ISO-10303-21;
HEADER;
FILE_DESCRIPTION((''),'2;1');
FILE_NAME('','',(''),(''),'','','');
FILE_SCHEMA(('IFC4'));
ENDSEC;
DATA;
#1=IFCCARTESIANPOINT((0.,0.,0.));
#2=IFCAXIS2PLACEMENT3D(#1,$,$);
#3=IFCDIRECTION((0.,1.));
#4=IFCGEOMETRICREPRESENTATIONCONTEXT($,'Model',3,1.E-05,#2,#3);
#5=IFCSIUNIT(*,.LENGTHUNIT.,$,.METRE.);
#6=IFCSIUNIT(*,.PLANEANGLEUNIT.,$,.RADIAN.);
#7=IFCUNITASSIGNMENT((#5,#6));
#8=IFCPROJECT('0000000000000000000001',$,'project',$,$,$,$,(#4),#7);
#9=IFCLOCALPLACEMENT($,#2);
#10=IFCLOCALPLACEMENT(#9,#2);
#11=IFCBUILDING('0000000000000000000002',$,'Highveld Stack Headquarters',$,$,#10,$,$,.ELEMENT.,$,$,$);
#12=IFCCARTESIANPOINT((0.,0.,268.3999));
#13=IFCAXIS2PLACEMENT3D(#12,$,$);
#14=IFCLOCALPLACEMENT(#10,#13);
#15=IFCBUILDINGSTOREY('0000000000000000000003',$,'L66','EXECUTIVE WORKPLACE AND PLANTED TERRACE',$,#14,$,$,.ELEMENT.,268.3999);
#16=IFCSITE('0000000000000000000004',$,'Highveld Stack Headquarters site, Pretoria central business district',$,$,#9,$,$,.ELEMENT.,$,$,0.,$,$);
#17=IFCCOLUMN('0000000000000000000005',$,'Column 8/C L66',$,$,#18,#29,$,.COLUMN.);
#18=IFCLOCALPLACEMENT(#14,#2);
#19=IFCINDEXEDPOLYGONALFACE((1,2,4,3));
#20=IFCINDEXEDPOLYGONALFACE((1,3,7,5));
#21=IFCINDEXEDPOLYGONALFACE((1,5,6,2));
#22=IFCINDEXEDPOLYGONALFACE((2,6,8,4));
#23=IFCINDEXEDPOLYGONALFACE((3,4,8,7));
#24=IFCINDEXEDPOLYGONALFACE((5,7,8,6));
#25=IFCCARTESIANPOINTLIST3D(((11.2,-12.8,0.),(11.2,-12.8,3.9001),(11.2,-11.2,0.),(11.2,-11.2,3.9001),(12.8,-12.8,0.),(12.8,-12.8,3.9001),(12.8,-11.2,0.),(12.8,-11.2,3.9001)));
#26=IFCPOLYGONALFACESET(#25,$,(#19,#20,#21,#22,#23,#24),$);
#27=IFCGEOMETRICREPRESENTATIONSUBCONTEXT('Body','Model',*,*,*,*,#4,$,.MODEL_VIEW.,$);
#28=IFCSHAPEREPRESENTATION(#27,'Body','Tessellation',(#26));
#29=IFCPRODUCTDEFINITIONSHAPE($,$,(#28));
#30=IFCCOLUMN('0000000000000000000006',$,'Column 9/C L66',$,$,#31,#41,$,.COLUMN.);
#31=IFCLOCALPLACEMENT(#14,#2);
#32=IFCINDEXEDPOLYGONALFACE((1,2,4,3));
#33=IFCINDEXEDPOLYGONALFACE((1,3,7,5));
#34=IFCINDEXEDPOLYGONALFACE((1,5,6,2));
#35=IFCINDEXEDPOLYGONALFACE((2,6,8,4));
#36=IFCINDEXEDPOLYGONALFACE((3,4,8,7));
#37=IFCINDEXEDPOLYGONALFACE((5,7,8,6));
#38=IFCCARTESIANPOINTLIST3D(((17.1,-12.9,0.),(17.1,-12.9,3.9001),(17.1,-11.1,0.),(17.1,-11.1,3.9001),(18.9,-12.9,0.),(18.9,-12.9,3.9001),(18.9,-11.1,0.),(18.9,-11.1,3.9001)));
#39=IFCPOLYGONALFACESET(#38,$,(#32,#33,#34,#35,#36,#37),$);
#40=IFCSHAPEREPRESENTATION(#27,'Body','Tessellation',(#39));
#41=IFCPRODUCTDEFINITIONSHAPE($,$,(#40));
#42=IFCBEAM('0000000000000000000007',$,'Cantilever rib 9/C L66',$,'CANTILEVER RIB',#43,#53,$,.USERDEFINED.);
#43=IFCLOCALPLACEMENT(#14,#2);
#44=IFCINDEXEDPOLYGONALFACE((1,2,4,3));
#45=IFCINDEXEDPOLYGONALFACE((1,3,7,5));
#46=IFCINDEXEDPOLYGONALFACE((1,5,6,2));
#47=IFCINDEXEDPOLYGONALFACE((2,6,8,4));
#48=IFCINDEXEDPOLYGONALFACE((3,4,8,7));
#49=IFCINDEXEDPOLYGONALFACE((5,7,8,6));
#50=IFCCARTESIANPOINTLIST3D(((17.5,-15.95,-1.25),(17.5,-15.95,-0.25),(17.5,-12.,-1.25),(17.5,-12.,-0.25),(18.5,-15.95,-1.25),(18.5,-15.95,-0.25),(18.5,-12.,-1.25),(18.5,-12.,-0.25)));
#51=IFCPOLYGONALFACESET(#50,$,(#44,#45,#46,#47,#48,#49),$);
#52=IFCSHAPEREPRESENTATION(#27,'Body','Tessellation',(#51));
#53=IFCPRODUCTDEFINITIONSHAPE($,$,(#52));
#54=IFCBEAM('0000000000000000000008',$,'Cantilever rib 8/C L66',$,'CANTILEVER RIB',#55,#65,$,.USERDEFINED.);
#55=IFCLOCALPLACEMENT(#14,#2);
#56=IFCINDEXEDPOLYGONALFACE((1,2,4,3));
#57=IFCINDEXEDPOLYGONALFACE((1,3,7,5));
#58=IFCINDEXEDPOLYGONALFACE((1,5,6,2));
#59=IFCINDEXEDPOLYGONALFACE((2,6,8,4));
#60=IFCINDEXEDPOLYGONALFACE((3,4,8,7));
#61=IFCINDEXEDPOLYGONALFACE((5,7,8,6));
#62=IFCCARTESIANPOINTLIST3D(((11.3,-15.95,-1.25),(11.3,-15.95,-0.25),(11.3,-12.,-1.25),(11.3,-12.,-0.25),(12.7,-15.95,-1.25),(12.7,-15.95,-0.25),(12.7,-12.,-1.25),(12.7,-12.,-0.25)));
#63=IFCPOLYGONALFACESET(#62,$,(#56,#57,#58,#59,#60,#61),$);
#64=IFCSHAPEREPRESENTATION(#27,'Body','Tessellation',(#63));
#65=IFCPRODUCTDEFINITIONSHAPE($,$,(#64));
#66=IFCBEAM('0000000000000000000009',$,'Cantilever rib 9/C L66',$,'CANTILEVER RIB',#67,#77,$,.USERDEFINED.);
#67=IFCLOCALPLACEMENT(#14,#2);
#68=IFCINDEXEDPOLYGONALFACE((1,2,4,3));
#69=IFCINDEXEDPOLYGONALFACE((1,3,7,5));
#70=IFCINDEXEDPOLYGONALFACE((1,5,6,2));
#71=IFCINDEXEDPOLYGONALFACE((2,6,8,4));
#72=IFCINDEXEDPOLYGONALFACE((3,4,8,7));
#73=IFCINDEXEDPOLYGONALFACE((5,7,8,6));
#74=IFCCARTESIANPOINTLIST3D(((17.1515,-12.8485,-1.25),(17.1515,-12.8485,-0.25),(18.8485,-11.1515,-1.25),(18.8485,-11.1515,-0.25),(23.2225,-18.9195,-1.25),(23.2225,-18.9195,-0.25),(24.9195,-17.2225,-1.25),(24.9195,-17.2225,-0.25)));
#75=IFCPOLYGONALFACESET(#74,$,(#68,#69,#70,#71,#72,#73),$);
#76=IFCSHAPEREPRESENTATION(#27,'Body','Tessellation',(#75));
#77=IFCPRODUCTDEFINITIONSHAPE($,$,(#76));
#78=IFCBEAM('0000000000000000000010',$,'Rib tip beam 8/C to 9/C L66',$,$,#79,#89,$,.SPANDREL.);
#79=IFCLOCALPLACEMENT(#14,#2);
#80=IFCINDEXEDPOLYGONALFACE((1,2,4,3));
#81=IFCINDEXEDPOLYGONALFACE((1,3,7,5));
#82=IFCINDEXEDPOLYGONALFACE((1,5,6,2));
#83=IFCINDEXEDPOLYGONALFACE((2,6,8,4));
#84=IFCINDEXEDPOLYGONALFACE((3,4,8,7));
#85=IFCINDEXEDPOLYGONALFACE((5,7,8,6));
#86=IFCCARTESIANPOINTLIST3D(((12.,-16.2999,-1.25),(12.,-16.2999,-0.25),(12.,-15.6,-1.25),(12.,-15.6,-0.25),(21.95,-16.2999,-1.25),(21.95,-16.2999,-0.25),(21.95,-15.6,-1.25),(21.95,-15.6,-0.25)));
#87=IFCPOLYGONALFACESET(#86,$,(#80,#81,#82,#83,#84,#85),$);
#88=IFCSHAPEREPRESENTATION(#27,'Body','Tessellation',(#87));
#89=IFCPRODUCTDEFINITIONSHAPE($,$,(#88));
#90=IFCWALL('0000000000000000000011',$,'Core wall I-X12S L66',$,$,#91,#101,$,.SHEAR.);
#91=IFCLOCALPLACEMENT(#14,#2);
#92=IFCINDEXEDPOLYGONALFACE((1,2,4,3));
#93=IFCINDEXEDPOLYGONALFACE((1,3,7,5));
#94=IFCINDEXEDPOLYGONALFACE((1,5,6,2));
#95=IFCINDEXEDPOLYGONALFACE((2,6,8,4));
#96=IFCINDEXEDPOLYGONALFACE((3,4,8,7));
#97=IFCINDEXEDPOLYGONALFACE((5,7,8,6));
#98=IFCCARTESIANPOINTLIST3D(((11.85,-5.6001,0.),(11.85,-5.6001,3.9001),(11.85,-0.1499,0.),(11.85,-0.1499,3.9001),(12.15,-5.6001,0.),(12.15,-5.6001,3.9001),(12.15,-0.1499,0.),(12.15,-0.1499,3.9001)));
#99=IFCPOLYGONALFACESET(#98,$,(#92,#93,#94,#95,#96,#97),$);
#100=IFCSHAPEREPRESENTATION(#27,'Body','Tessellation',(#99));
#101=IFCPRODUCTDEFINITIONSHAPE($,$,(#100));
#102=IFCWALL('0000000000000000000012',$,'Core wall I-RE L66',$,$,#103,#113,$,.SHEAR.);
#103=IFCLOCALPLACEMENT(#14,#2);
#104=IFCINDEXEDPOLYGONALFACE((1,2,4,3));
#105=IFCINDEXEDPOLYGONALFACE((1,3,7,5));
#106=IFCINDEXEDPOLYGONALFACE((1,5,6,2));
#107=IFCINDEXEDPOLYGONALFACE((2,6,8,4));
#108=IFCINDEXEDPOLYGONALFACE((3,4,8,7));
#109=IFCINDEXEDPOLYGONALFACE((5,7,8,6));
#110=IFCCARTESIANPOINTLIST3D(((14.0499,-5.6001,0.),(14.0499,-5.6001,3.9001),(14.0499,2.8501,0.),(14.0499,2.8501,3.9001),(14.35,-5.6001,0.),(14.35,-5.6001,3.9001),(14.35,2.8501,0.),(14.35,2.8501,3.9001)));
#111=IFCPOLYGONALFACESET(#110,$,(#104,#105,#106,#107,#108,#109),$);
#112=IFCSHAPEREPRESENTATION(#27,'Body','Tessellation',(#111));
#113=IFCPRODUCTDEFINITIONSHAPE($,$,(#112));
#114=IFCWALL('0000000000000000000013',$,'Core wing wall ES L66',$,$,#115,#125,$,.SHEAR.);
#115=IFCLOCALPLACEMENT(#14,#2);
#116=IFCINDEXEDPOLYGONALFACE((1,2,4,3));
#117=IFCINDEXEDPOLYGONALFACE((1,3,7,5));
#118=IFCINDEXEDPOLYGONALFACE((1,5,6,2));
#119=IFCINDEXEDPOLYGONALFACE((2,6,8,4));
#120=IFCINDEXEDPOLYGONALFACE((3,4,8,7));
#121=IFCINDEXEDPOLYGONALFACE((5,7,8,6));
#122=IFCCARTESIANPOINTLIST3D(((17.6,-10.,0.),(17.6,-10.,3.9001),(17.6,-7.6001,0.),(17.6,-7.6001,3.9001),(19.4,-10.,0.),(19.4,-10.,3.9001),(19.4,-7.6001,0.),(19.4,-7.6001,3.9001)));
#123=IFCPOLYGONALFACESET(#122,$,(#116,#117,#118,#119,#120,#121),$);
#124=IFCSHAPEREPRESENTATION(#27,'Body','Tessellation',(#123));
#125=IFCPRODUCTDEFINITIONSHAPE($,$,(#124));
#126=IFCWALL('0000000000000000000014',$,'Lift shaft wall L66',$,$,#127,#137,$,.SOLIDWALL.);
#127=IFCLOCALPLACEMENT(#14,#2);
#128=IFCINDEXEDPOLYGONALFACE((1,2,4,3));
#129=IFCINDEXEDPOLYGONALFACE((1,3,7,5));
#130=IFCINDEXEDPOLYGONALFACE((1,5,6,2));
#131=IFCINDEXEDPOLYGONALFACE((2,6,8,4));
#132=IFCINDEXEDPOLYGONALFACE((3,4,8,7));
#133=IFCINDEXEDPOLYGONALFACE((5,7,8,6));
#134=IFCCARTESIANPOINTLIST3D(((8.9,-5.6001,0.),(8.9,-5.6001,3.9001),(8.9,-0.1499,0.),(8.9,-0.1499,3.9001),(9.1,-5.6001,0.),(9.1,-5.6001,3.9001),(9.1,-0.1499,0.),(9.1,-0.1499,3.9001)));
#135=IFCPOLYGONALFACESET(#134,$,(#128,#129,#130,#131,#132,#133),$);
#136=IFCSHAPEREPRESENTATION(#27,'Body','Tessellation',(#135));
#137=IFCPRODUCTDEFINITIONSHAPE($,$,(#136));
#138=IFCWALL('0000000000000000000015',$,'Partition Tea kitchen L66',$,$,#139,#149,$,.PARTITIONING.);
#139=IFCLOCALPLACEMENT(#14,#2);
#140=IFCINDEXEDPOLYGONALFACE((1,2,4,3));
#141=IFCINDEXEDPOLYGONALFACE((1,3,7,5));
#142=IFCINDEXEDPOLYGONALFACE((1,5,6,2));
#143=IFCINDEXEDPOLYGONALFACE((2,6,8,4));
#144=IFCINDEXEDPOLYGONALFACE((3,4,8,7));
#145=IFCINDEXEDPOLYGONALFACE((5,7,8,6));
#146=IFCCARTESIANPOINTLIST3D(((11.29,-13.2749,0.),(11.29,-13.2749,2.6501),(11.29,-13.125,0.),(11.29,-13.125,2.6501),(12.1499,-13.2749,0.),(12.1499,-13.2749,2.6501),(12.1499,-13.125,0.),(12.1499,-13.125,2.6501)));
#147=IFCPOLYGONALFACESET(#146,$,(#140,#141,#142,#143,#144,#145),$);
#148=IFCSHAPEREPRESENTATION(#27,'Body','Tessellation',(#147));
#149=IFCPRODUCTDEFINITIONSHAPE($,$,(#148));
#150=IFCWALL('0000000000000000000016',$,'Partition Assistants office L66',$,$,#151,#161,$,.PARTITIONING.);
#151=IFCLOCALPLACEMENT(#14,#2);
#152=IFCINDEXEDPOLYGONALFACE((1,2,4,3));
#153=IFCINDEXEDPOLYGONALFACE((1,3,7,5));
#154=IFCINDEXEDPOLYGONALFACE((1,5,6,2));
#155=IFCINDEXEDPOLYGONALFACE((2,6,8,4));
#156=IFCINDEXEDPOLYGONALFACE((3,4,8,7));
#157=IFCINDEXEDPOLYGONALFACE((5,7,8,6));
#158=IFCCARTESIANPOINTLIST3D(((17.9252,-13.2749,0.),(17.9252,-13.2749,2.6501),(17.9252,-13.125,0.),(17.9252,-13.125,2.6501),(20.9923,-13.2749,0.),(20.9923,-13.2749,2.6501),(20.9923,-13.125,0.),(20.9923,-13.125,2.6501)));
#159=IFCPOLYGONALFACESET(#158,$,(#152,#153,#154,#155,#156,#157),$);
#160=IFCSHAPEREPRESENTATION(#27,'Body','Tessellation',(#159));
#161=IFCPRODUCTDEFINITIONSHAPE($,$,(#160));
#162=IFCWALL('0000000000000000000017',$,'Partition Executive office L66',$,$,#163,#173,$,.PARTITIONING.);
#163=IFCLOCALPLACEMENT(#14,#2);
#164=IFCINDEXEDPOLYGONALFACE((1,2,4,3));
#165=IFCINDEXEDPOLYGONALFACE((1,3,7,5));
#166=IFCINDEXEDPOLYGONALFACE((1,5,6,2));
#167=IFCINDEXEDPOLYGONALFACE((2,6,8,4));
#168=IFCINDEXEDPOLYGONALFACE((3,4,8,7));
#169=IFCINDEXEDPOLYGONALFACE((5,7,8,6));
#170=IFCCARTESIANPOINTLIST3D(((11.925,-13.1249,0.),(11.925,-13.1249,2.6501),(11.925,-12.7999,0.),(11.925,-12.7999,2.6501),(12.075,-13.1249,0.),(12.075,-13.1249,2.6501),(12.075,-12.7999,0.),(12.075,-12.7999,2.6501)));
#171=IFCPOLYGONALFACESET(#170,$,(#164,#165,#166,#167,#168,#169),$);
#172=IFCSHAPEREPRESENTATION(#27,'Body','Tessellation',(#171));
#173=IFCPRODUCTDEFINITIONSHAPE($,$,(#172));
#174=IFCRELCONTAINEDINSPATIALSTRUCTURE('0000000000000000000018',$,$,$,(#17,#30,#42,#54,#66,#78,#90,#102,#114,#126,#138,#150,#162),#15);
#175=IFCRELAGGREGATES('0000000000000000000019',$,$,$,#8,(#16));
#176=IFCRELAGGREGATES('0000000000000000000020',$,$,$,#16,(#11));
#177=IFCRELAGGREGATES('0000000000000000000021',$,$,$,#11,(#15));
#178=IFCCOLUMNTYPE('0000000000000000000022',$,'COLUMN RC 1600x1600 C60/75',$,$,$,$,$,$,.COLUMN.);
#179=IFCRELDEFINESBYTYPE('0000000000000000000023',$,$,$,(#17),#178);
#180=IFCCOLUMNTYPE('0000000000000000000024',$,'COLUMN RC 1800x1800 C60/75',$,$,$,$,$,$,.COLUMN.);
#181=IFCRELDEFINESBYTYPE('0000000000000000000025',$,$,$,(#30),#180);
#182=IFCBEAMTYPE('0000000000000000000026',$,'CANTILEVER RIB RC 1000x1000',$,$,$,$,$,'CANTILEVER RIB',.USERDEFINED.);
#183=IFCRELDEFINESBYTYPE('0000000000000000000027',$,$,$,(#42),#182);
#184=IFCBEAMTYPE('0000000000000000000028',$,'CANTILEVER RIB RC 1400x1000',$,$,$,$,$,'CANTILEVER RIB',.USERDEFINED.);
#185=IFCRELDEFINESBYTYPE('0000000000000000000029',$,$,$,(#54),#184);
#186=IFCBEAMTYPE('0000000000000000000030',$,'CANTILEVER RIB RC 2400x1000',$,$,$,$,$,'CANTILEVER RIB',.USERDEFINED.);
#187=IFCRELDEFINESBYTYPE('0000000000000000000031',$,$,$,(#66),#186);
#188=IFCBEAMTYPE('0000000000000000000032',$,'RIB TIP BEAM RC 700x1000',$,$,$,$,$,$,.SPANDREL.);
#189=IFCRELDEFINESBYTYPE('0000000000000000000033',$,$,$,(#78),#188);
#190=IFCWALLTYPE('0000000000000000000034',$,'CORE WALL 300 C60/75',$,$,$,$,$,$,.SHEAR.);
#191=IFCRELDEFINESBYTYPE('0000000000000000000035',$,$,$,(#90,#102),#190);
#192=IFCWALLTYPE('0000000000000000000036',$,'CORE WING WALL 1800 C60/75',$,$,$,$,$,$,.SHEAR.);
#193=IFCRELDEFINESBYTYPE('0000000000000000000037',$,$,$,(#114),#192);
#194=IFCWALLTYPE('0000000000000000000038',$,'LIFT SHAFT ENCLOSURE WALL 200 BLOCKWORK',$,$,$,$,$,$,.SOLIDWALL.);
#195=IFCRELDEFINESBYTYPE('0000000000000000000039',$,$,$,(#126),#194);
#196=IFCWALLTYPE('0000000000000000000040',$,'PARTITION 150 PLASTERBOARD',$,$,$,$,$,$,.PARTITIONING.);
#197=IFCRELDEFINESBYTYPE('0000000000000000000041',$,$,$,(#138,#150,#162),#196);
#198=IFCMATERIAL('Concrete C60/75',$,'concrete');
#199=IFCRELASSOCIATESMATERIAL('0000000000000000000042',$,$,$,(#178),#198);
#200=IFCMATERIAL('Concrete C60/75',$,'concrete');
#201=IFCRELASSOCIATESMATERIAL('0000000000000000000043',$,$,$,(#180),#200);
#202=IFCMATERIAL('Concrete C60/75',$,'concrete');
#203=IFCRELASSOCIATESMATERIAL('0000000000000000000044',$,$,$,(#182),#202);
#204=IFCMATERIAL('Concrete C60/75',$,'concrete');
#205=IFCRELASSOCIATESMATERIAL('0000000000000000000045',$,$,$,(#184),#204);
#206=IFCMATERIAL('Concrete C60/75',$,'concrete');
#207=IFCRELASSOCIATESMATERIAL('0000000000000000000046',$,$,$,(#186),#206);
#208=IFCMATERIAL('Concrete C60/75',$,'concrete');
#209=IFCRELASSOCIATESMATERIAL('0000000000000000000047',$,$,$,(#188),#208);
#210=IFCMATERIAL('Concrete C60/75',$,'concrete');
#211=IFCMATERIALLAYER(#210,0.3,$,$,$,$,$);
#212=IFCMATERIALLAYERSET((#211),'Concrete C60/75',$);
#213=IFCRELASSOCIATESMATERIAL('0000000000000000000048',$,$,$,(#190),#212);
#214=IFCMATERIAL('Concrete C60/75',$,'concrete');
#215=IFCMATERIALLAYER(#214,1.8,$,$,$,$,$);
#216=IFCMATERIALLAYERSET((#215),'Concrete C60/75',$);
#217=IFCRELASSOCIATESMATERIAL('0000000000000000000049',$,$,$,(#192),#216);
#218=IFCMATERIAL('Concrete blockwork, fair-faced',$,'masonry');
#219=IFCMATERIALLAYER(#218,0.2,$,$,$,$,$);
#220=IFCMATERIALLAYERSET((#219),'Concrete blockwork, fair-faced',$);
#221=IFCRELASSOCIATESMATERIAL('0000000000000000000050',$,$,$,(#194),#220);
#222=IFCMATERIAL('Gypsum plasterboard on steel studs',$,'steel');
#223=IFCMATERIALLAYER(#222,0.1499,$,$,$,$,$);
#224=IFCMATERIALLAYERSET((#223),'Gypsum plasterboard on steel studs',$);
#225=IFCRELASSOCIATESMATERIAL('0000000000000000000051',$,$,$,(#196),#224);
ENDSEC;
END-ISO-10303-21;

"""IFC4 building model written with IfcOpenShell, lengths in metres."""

from ifc_helpers import new_model, si_unit, direction, frame, frame_2d, origin, origin_2d, place, context, subcontext, project, spatial, rectangle, extrude, material, layer, layer_set, material_profile, profile_set, type_object, element, save


model = new_model("IFC4")

# Units and contexts
model_context = context("Model", 3, precision=1e-05, world=origin(), true_north=direction((0.0, 1.0)))
body_context = subcontext(model_context, "Body", "Model", "MODEL_VIEW")
ifc_project = project(units=[si_unit("LENGTHUNIT", "METRE"), si_unit("PLANEANGLEUNIT", "RADIAN")], contexts=[model_context])

# Site, building, storey
site_placement = place(None, origin())
site = spatial("IfcSite", under=ifc_project, at=site_placement, Name="Highveld Stack Headquarters site, Pretoria central business district", CompositionType="ELEMENT", RefElevation=0.0)
building_placement = place(site_placement, origin())
building = spatial("IfcBuilding", under=site, at=building_placement, Name="Highveld Stack Headquarters", CompositionType="ELEMENT")
storey_placement = place(building_placement, frame((0.0, 0.0, 268.3999)))
storey = spatial("IfcBuildingStorey", under=building, at=storey_placement, Name="L66", Description="EXECUTIVE WORKPLACE AND PLANTED TERRACE", CompositionType="ELEMENT", Elevation=268.3999)

# Columns
ifc_material_1 = material(Name="Concrete C60/75", Category="concrete")
ifc_material_profile_1 = material_profile(ifc_material_1, rectangle(XDim=1.6001, YDim=1.6001, at=origin_2d()), Name="RC 1600x1600")
ifc_profile_set_1 = profile_set([ifc_material_profile_1], Name="Concrete C60/75")
column_type_1 = type_object("IfcColumnType", Name="COLUMN RC 1600x1600 C60/75", PredefinedType="COLUMN", material=ifc_profile_set_1)
column_1_placement = place(storey_placement, frame((12.0, -12.0, 0.0), z_axis=(0.0, 0.0, 1.0), x_axis=(1.0, 0.0, 0.0)))
element("IfcColumn", 1, at=column_1_placement, inside=storey, type_object=column_type_1, Name="Column 8/C L66", PredefinedType="COLUMN", context=body_context, shape_type="SweptSolid", body=[
    extrude(rectangle(XDim=1.6001, YDim=1.6001, at=origin_2d()), origin(), (0.0, 0.0, 1.0), 3.9001),
])
ifc_material_2 = material(Name="Concrete C60/75", Category="concrete")
ifc_material_profile_2 = material_profile(ifc_material_2, rectangle(XDim=1.8, YDim=1.8, at=origin_2d()), Name="RC 1800x1800")
ifc_profile_set_2 = profile_set([ifc_material_profile_2], Name="Concrete C60/75")
column_type_2 = type_object("IfcColumnType", Name="COLUMN RC 1800x1800 C60/75", PredefinedType="COLUMN", material=ifc_profile_set_2)
column_2_placement = place(storey_placement, frame((18.0, -12.0, 0.0), z_axis=(0.0, 0.0, 1.0), x_axis=(1.0, 0.0, 0.0)))
element("IfcColumn", 2, at=column_2_placement, inside=storey, type_object=column_type_2, Name="Column 9/C L66", PredefinedType="COLUMN", context=body_context, shape_type="SweptSolid", body=[
    extrude(rectangle(XDim=1.8, YDim=1.8, at=origin_2d()), origin(), (0.0, 0.0, 1.0), 3.9001),
])

# Beams
ifc_material_3 = material(Name="Concrete C60/75", Category="concrete")
ifc_material_profile_3 = material_profile(ifc_material_3, rectangle(XDim=1.0, YDim=1.0, at=origin_2d()), Name="RC 1000x1000")
ifc_profile_set_3 = profile_set([ifc_material_profile_3], Name="Concrete C60/75")
beam_type_1 = type_object("IfcBeamType", Name="CANTILEVER RIB RC 1000x1000", ElementType="CANTILEVER RIB", PredefinedType="USERDEFINED", material=ifc_profile_set_3)
beam_1_placement = place(storey_placement, frame((18.0, -12.0, -0.75), z_axis=(0.0, -1.0, 0.0), x_axis=(1.0, 0.0, 0.0)))
element("IfcBeam", 3, at=beam_1_placement, inside=storey, type_object=beam_type_1, Name="Cantilever rib 9/C L66", ObjectType="CANTILEVER RIB", PredefinedType="USERDEFINED", context=body_context, shape_type="SweptSolid", body=[
    extrude(rectangle(XDim=1.0, YDim=1.0, at=origin_2d()), origin(), (0.0, 0.0, 1.0), 3.95),
])
ifc_material_4 = material(Name="Concrete C60/75", Category="concrete")
ifc_material_profile_4 = material_profile(ifc_material_4, rectangle(XDim=1.3999, YDim=1.0, at=origin_2d()), Name="RC 1400x1000")
ifc_profile_set_4 = profile_set([ifc_material_profile_4], Name="Concrete C60/75")
beam_type_2 = type_object("IfcBeamType", Name="CANTILEVER RIB RC 1400x1000", ElementType="CANTILEVER RIB", PredefinedType="USERDEFINED", material=ifc_profile_set_4)
beam_2_placement = place(storey_placement, frame((12.0, -12.0, -0.75), z_axis=(0.0, -1.0, 0.0), x_axis=(1.0, 0.0, 0.0)))
element("IfcBeam", 4, at=beam_2_placement, inside=storey, type_object=beam_type_2, Name="Cantilever rib 8/C L66", ObjectType="CANTILEVER RIB", PredefinedType="USERDEFINED", context=body_context, shape_type="SweptSolid", body=[
    extrude(rectangle(XDim=1.3999, YDim=1.0, at=origin_2d()), origin(), (0.0, 0.0, 1.0), 3.95),
])
ifc_material_5 = material(Name="Concrete C60/75", Category="concrete")
ifc_material_profile_5 = material_profile(ifc_material_5, rectangle(XDim=2.3999, YDim=1.0, at=origin_2d()), Name="RC 2400x1000")
ifc_profile_set_5 = profile_set([ifc_material_profile_5], Name="Concrete C60/75")
beam_type_3 = type_object("IfcBeamType", Name="CANTILEVER RIB RC 2400x1000", ElementType="CANTILEVER RIB", PredefinedType="USERDEFINED", material=ifc_profile_set_5)
beam_3_placement = place(storey_placement, frame((18.0, -12.0, -0.75), z_axis=(0.707107, -0.707107, 0.0), x_axis=(0.707107, 0.707107, 0.0)))
element("IfcBeam", 5, at=beam_3_placement, inside=storey, type_object=beam_type_3, Name="Cantilever rib 9/C L66", ObjectType="CANTILEVER RIB", PredefinedType="USERDEFINED", context=body_context, shape_type="SweptSolid", body=[
    extrude(rectangle(XDim=2.3999, YDim=1.0, at=origin_2d()), origin(), (0.0, 0.0, 1.0), 8.5857),
])
ifc_material_6 = material(Name="Concrete C60/75", Category="concrete")
ifc_material_profile_6 = material_profile(ifc_material_6, rectangle(XDim=0.7, YDim=1.0, at=origin_2d()), Name="RC 700x1000")
ifc_profile_set_6 = profile_set([ifc_material_profile_6], Name="Concrete C60/75")
beam_type_4 = type_object("IfcBeamType", Name="RIB TIP BEAM RC 700x1000", PredefinedType="SPANDREL", material=ifc_profile_set_6)
beam_4_placement = place(storey_placement, frame((12.0, -15.95, -0.75), z_axis=(1.0, 0.0, 0.0), x_axis=(0.0, 1.0, 0.0)))
element("IfcBeam", 6, at=beam_4_placement, inside=storey, type_object=beam_type_4, Name="Rib tip beam 8/C to 9/C L66", PredefinedType="SPANDREL", context=body_context, shape_type="SweptSolid", body=[
    extrude(rectangle(XDim=0.7, YDim=1.0, at=origin_2d()), origin(), (0.0, 0.0, 1.0), 9.95),
])

# Walls
ifc_material_7 = material(Name="Concrete C60/75", Category="concrete")
ifc_layer_1 = layer(ifc_material_7, 0.3)
ifc_layer_set_1 = layer_set([ifc_layer_1], Name="Concrete C60/75")
wall_type_1 = type_object("IfcWallType", Name="CORE WALL 300 C60/75", PredefinedType="SHEAR", material=ifc_layer_set_1)
wall_1_placement = place(storey_placement, frame((12.0, -5.6001, 0.0), z_axis=(0.0, 0.0, 1.0), x_axis=(0.0, 1.0, 0.0)))
element("IfcWall", 7, at=wall_1_placement, inside=storey, type_object=wall_type_1, Name="Core wall I-X12S L66", PredefinedType="SHEAR", context=body_context, shape_type="SweptSolid", body=[
    extrude(rectangle(XDim=5.4502, YDim=0.3, at=frame_2d((2.7251, 0.0))), origin(), (0.0, 0.0, 1.0), 3.9001),
])
wall_2_placement = place(storey_placement, frame((14.2, -5.6001, 0.0), z_axis=(0.0, 0.0, 1.0), x_axis=(0.0, 1.0, 0.0)))
element("IfcWall", 8, at=wall_2_placement, inside=storey, type_object=wall_type_1, Name="Core wall I-RE L66", PredefinedType="SHEAR", context=body_context, shape_type="SweptSolid", body=[
    extrude(rectangle(XDim=8.4502, YDim=0.3, at=frame_2d((4.2251, 0.0))), origin(), (0.0, 0.0, 1.0), 3.9001),
])
ifc_material_8 = material(Name="Concrete C60/75", Category="concrete")
ifc_layer_2 = layer(ifc_material_8, 1.8)
ifc_layer_set_2 = layer_set([ifc_layer_2], Name="Concrete C60/75")
wall_type_2 = type_object("IfcWallType", Name="CORE WING WALL 1800 C60/75", PredefinedType="SHEAR", material=ifc_layer_set_2)
wall_3_placement = place(storey_placement, frame((18.5, -10.0, 0.0), z_axis=(0.0, 0.0, 1.0), x_axis=(0.0, 1.0, 0.0)))
element("IfcWall", 9, at=wall_3_placement, inside=storey, type_object=wall_type_2, Name="Core wing wall ES L66", PredefinedType="SHEAR", context=body_context, shape_type="SweptSolid", body=[
    extrude(rectangle(XDim=2.3999, YDim=1.8, at=frame_2d((1.2, 0.0))), origin(), (0.0, 0.0, 1.0), 3.9001),
])
ifc_material_9 = material(Name="Concrete blockwork, fair-faced", Category="masonry")
ifc_layer_3 = layer(ifc_material_9, 0.2)
ifc_layer_set_3 = layer_set([ifc_layer_3], Name="Concrete blockwork, fair-faced")
wall_type_3 = type_object("IfcWallType", Name="LIFT SHAFT ENCLOSURE WALL 200 BLOCKWORK", PredefinedType="SOLIDWALL", material=ifc_layer_set_3)
wall_4_placement = place(storey_placement, frame((9.0, -5.6001, 0.0), z_axis=(0.0, 0.0, 1.0), x_axis=(0.0, 1.0, 0.0)))
element("IfcWall", 10, at=wall_4_placement, inside=storey, type_object=wall_type_3, Name="Lift shaft wall L66", PredefinedType="SOLIDWALL", context=body_context, shape_type="SweptSolid", body=[
    extrude(rectangle(XDim=5.4502, YDim=0.2, at=frame_2d((2.7251, 0.0))), origin(), (0.0, 0.0, 1.0), 3.9001),
])
ifc_material_10 = material(Name="Gypsum plasterboard on steel studs", Category="steel")
ifc_layer_4 = layer(ifc_material_10, 0.1499)
ifc_layer_set_4 = layer_set([ifc_layer_4], Name="Gypsum plasterboard on steel studs")
wall_type_4 = type_object("IfcWallType", Name="PARTITION 150 PLASTERBOARD", PredefinedType="PARTITIONING", material=ifc_layer_set_4)
wall_5_placement = place(storey_placement, frame((11.29, -13.2, 0.0), z_axis=(0.0, 0.0, 1.0), x_axis=(1.0, 0.0, 0.0)))
element("IfcWall", 11, at=wall_5_placement, inside=storey, type_object=wall_type_4, Name="Partition Tea kitchen L66", PredefinedType="PARTITIONING", context=body_context, shape_type="SweptSolid", body=[
    extrude(rectangle(XDim=0.8599, YDim=0.1499, at=frame_2d((0.4299, 0.0))), origin(), (0.0, 0.0, 1.0), 2.6501),
])
wall_6_placement = place(storey_placement, frame((17.925, -13.2, 0.0), z_axis=(0.0, 0.0, 1.0), x_axis=(1.0, 0.0, 0.0)))
element("IfcWall", 12, at=wall_6_placement, inside=storey, type_object=wall_type_4, Name="Partition Assistants office L66", PredefinedType="PARTITIONING", context=body_context, shape_type="SweptSolid", body=[
    extrude(rectangle(XDim=3.0671, YDim=0.1499, at=frame_2d((1.5337, 0.0))), origin(), (0.0, 0.0, 1.0), 2.6501),
])

# Wall
wall_7_placement = place(storey_placement, frame((12.0, -13.125, 0.0), z_axis=(0.0, 0.0, 1.0), x_axis=(0.0, 1.0, 0.0)))
element("IfcWall", 13, at=wall_7_placement, inside=storey, type_object=wall_type_4, Name="Partition Executive office L66", PredefinedType="PARTITIONING", context=body_context, shape_type="SweptSolid", body=[
    extrude(rectangle(XDim=0.325, YDim=0.1499, at=frame_2d((0.1626, 0.0))), origin(), (0.0, 0.0, 1.0), 2.6501),
])

save(model, "model.ifc")
